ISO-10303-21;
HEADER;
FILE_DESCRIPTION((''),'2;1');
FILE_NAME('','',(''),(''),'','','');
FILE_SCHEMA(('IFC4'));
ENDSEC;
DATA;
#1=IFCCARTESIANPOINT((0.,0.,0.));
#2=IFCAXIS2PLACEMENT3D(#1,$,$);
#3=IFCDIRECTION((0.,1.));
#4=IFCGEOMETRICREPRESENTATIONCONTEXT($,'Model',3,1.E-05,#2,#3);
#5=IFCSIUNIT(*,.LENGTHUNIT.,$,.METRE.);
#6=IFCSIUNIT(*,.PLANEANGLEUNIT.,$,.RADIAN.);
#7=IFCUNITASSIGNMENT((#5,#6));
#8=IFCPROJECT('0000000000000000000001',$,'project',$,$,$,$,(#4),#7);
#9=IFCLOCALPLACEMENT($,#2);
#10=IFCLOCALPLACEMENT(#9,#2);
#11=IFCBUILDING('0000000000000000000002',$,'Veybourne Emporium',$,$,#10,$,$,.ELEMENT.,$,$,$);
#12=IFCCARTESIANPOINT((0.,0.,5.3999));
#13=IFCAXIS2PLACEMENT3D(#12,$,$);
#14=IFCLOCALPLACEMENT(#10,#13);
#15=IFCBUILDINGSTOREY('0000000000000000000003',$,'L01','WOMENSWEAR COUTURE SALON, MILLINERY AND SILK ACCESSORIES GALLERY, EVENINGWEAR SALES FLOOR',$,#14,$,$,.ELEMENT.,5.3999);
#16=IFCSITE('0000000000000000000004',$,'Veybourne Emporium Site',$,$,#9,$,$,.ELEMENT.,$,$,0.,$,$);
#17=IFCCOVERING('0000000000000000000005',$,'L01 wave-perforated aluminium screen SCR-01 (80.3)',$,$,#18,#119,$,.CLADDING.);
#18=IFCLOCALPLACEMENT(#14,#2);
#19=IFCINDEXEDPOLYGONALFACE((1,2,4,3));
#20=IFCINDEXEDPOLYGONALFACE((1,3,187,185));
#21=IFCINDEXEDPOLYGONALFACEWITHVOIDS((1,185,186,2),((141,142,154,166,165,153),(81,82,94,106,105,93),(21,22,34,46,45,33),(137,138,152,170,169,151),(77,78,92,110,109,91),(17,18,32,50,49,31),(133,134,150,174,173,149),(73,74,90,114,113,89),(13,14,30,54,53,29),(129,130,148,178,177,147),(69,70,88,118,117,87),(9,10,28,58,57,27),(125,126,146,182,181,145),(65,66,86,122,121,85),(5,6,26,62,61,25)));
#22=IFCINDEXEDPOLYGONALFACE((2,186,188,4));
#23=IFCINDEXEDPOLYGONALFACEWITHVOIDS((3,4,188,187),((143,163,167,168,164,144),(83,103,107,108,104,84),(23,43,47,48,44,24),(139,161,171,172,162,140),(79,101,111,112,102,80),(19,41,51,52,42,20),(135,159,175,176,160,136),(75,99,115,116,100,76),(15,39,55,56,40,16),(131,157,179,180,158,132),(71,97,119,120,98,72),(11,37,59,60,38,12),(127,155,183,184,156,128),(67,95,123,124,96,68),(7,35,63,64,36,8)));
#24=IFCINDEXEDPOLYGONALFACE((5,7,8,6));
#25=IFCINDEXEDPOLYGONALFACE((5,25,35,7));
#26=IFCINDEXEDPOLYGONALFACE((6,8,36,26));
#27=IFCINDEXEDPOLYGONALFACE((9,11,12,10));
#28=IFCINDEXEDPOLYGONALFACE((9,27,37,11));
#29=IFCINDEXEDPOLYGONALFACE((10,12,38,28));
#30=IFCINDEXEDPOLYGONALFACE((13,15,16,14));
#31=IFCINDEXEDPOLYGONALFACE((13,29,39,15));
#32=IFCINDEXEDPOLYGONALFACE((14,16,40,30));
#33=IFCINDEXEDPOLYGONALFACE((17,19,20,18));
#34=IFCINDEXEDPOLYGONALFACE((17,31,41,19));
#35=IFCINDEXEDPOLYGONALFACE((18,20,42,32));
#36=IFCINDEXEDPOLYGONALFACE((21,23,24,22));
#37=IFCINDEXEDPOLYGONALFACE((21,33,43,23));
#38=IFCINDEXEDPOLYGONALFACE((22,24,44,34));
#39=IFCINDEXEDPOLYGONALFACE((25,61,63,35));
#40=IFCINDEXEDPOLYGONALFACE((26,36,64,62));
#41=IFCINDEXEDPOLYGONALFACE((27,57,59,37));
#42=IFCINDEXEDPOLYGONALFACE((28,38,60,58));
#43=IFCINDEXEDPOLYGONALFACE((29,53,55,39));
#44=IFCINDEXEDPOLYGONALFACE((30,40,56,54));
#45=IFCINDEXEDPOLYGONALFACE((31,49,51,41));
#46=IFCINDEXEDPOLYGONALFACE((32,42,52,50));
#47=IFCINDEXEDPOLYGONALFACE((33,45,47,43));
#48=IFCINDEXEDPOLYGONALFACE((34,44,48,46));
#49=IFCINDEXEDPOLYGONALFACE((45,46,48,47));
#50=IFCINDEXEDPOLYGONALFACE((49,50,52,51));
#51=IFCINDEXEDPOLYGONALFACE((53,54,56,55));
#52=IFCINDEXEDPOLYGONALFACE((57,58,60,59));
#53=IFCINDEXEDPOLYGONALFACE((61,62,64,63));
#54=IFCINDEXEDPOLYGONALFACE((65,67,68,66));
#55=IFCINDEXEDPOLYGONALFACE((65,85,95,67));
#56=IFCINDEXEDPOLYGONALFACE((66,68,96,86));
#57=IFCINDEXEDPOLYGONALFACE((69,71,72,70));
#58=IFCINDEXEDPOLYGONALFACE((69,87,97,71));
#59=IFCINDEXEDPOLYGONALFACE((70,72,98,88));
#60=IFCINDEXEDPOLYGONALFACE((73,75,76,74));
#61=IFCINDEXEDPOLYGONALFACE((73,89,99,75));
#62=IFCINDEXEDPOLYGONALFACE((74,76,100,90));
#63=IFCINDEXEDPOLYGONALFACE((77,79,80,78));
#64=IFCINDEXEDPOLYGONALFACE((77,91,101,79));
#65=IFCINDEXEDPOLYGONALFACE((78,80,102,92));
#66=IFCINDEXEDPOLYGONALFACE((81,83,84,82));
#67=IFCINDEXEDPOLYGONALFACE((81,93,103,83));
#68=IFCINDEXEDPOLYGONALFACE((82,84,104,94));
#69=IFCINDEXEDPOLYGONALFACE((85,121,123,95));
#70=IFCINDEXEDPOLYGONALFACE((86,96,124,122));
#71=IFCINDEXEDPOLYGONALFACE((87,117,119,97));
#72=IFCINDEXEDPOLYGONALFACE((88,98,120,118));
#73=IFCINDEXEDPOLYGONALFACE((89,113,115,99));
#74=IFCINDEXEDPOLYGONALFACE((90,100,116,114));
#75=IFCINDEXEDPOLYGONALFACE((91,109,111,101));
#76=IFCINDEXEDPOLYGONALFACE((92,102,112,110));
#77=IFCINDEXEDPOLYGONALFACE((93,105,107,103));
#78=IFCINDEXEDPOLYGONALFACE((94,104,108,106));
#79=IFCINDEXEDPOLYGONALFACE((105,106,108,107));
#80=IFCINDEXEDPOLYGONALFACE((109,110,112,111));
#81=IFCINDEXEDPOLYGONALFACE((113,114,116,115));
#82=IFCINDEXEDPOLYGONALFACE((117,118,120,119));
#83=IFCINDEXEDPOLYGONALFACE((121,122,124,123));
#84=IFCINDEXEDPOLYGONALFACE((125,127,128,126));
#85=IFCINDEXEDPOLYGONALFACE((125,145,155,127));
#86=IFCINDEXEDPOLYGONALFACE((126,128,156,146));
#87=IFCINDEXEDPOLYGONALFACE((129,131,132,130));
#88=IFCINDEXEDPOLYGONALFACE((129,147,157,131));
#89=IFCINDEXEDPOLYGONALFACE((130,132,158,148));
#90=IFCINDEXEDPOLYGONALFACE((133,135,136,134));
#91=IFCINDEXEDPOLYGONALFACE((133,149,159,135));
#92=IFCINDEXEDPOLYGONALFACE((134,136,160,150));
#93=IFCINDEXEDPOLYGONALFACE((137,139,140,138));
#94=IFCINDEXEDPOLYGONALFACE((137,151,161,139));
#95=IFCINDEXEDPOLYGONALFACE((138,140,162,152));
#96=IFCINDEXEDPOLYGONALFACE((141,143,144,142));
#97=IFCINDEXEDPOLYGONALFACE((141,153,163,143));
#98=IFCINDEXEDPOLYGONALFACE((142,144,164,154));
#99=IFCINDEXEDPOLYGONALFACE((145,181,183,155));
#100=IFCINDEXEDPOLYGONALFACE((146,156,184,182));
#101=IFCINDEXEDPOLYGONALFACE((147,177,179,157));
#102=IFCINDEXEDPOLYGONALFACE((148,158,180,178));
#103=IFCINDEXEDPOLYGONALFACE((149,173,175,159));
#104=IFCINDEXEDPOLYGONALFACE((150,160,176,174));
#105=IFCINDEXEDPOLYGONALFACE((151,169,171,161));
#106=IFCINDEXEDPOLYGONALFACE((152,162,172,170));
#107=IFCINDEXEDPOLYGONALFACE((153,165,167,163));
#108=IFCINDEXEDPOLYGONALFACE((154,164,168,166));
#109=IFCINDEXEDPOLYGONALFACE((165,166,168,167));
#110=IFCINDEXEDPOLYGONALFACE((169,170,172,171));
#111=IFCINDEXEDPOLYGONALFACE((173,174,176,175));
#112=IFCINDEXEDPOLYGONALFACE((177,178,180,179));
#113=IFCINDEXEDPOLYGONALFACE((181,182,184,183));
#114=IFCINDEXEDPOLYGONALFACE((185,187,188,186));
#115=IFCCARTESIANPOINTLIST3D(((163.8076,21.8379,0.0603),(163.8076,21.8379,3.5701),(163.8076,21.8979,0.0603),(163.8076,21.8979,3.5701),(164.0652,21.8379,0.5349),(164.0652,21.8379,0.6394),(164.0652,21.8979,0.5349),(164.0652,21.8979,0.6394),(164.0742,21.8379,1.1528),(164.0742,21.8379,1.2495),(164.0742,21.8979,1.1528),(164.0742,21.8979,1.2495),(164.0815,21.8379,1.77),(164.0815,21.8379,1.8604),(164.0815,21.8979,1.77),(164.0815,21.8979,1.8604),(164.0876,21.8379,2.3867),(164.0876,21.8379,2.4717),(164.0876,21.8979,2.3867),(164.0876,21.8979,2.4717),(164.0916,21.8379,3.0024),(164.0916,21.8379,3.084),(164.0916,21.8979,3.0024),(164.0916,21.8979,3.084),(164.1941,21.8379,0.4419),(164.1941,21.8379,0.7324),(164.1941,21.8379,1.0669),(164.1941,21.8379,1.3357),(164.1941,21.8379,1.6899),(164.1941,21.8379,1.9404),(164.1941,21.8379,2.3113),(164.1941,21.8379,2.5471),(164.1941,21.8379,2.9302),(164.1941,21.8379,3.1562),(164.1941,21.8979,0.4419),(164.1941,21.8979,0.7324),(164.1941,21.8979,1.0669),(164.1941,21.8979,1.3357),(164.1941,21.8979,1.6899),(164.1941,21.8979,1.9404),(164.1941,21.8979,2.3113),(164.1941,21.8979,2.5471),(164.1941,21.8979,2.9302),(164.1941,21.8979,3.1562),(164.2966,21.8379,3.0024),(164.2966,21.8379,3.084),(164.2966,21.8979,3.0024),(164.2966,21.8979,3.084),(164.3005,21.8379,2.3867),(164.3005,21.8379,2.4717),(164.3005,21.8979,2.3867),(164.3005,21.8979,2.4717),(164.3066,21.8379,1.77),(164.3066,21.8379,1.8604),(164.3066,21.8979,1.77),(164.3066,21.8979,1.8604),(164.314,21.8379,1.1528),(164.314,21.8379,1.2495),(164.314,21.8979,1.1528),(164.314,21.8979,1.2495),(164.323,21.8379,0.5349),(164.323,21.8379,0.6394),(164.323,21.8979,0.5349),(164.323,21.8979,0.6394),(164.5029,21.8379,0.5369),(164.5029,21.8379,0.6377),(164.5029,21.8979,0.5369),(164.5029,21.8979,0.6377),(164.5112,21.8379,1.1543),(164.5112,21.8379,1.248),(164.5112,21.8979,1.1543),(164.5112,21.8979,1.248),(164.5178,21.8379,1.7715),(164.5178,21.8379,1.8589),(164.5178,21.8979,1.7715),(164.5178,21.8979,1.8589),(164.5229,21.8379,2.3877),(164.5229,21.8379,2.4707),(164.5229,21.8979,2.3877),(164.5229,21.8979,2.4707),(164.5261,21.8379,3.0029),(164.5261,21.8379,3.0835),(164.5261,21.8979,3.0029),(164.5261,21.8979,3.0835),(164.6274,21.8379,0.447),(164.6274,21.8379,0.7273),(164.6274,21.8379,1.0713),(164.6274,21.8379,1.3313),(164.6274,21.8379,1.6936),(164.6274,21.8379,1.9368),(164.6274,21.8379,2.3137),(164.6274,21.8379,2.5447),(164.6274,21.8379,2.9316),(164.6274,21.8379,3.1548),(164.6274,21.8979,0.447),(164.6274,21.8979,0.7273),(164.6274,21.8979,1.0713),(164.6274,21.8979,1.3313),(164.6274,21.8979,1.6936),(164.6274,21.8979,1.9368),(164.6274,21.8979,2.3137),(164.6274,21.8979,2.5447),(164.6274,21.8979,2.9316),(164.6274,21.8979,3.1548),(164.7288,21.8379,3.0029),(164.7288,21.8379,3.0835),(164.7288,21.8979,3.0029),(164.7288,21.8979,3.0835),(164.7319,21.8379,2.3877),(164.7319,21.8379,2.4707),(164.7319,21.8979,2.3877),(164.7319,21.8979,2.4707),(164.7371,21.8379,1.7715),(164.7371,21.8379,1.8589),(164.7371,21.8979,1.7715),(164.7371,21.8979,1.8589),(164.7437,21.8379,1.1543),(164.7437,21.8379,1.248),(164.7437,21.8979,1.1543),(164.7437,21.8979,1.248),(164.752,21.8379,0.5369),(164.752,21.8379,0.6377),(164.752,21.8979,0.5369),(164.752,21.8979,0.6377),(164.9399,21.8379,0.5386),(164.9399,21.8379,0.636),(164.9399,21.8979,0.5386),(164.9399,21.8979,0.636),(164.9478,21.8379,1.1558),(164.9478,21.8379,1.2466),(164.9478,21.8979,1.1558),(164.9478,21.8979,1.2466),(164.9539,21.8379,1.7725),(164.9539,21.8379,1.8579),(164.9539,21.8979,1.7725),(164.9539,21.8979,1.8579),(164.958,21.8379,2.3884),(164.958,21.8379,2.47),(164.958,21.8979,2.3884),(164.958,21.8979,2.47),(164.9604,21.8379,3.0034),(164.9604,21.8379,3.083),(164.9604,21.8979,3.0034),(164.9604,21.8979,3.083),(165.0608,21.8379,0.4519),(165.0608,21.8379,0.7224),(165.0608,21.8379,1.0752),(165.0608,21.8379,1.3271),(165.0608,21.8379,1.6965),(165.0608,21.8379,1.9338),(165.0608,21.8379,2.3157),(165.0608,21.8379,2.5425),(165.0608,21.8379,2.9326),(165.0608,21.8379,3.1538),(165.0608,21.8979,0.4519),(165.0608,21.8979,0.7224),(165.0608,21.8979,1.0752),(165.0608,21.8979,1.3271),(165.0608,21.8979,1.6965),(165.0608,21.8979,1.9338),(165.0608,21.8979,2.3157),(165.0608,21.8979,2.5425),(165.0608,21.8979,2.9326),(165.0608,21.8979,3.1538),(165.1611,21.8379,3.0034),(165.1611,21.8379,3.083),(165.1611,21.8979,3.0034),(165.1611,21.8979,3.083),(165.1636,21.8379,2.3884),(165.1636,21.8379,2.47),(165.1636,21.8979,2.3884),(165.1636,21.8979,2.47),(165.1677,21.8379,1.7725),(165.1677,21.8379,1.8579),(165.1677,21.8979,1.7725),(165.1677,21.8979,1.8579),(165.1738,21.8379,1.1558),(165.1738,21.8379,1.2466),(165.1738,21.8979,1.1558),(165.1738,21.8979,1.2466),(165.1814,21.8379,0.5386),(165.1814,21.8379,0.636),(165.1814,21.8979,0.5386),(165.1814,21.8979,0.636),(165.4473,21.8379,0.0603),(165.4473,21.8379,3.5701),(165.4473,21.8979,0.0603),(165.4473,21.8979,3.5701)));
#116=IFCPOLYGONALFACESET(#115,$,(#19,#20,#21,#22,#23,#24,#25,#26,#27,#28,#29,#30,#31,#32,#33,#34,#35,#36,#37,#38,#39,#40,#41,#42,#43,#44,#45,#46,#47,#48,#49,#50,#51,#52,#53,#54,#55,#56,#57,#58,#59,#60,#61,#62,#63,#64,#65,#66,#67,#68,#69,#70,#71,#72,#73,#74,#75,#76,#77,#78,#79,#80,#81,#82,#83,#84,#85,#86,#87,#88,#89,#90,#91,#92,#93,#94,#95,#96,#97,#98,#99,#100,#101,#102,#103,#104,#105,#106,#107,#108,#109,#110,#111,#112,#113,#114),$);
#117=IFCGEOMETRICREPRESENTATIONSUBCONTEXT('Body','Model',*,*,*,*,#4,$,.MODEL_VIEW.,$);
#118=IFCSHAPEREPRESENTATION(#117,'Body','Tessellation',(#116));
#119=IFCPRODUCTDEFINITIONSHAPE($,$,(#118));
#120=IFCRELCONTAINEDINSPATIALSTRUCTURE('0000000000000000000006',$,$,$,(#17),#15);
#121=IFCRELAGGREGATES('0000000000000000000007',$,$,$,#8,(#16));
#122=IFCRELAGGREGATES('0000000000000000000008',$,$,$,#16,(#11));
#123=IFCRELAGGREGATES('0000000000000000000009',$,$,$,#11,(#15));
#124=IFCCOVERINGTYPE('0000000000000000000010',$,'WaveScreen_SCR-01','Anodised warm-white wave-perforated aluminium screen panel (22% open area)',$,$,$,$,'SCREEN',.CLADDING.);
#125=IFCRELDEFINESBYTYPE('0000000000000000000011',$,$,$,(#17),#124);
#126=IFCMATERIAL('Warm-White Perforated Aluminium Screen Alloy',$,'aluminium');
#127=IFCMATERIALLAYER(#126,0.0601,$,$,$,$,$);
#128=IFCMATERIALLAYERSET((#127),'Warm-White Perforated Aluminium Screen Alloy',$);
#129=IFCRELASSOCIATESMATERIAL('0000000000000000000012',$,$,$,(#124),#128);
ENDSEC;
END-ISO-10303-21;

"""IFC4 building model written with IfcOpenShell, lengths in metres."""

from ifc_helpers import new_model, si_unit, direction, frame, origin, place, context, subcontext, project, spatial, polyline, outline, extrude, material, layer, layer_set, type_object, element, save


model = new_model("IFC4")

# Units and contexts
model_context = context("Model", 3, precision=1e-05, world=origin(), true_north=direction((0.0, 1.0)))
body_context = subcontext(model_context, "Body", "Model", "MODEL_VIEW")
ifc_project = project(units=[si_unit("LENGTHUNIT", "METRE"), si_unit("PLANEANGLEUNIT", "RADIAN")], contexts=[model_context])

# Site, building, storey
site_placement = place(None, origin())
site = spatial("IfcSite", under=ifc_project, at=site_placement, Name="Veybourne Emporium Site", CompositionType="ELEMENT", RefElevation=0.0)
building_placement = place(site_placement, origin())
building = spatial("IfcBuilding", under=site, at=building_placement, Name="Veybourne Emporium", CompositionType="ELEMENT")
storey_placement = place(building_placement, frame((0.0, 0.0, 5.3999)))
storey = spatial("IfcBuildingStorey", under=building, at=storey_placement, Name="L01", Description="WOMENSWEAR COUTURE SALON, MILLINERY AND SILK ACCESSORIES GALLERY, EVENINGWEAR SALES FLOOR", CompositionType="ELEMENT", Elevation=5.3999)

# Covering
ifc_material_1 = material(Name="Warm-White Perforated Aluminium Screen Alloy", Category="aluminium")
ifc_layer_1 = layer(ifc_material_1, 0.0601)
ifc_layer_set_1 = layer_set([ifc_layer_1], Name="Warm-White Perforated Aluminium Screen Alloy")
covering_type_1 = type_object("IfcCoveringType", Name="WaveScreen_SCR-01", Description="Anodised warm-white wave-perforated aluminium screen panel (22% open area)", ElementType="SCREEN", PredefinedType="CLADDING", material=ifc_layer_set_1)
covering_1_placement = place(storey_placement, frame((164.6274, 21.8979, 1.8152), z_axis=(0.0, -1.0, 0.0), x_axis=(1.0, 0.0, 0.0)))
element("IfcCovering", 1, at=covering_1_placement, inside=storey, type_object=covering_type_1, Name="L01 wave-perforated aluminium screen SCR-01 (80.3)", PredefinedType="CLADDING", context=body_context, shape_type="SweptSolid", body=[
    extrude(outline(polyline([(-0.8198, -1.7549), (0.8198, -1.7549), (0.8198, 1.7549), (-0.8198, 1.7549), (-0.8198, -1.7549)]), holes=[polyline([(-0.4333, -1.0828), (-0.3044, -1.1758), (-0.3044, -1.2803), (-0.4333, -1.3733), (-0.5623, -1.2803), (-0.5623, -1.1758), (-0.4333, -1.0828)]), polyline([(-0.4333, -0.4795), (-0.3135, -0.5657), (-0.3135, -0.6624), (-0.4333, -0.7483), (-0.5532, -0.6624), (-0.5532, -0.5657), (-0.4333, -0.4795)]), polyline([(-0.4333, 0.1252), (-0.3208, 0.0452), (-0.3208, -0.0452), (-0.4333, -0.1252), (-0.5459, -0.0452), (-0.5459, 0.0452), (-0.4333, 0.1252)]), polyline([(-0.4333, 0.7319), (-0.3269, 0.6565), (-0.3269, 0.5715), (-0.4333, 0.4961), (-0.5398, 0.5715), (-0.5398, 0.6565), (-0.4333, 0.7319)]), polyline([(-0.4333, 1.3411), (-0.3308, 1.2688), (-0.3308, 1.1873), (-0.4333, 1.115), (-0.5359, 1.1873), (-0.5359, 1.2688), (-0.4333, 1.3411)]), polyline([(0.0, -1.0879), (0.1245, -1.1775), (0.1245, -1.2783), (0.0, -1.3682), (-0.1245, -1.2783), (-0.1245, -1.1775), (0.0, -1.0879)]), polyline([(0.0, -0.4839), (0.1162, -0.5671), (0.1162, -0.6609), (0.0, -0.7439), (-0.1162, -0.6609), (-0.1162, -0.5671), (0.0, -0.4839)]), polyline([(0.0, 0.1216), (0.1096, 0.0437), (0.1096, -0.0437), (0.0, -0.1216), (-0.1096, -0.0437), (-0.1096, 0.0437), (0.0, 0.1216)]), polyline([(0.0, 0.7295), (0.1045, 0.6555), (0.1045, 0.5725), (0.0, 0.4985), (-0.1045, 0.5725), (-0.1045, 0.6555), (0.0, 0.7295)]), polyline([(0.0, 1.3396), (0.1013, 1.2683), (0.1013, 1.1877), (0.0, 1.1165), (-0.1013, 1.1877), (-0.1013, 1.2683), (0.0, 1.3396)]), polyline([(0.4333, -1.0928), (0.554, -1.1792), (0.554, -1.2766), (0.4333, -1.3633), (0.3125, -1.2766), (0.3125, -1.1792), (0.4333, -1.0928)]), polyline([(0.4333, -0.488), (0.5464, -0.5686), (0.5464, -0.6594), (0.4333, -0.74), (0.3203, -0.6594), (0.3203, -0.5686), (0.4333, -0.488)]), polyline([(0.4333, 0.1187), (0.5403, 0.0427), (0.5403, -0.0427), (0.4333, -0.1187), (0.3264, -0.0427), (0.3264, 0.0427), (0.4333, 0.1187)]), polyline([(0.4333, 0.7273), (0.5361, 0.6548), (0.5361, 0.5732), (0.4333, 0.5005), (0.3306, 0.5732), (0.3306, 0.6548), (0.4333, 0.7273)]), polyline([(0.4333, 1.3386), (0.5337, 1.2678), (0.5337, 1.1882), (0.4333, 1.1174), (0.333, 1.1882), (0.333, 1.2678), (0.4333, 1.3386)])]), origin(), (0.0, 0.0, 1.0), 0.0601),
])

save(model, "model.ifc")
